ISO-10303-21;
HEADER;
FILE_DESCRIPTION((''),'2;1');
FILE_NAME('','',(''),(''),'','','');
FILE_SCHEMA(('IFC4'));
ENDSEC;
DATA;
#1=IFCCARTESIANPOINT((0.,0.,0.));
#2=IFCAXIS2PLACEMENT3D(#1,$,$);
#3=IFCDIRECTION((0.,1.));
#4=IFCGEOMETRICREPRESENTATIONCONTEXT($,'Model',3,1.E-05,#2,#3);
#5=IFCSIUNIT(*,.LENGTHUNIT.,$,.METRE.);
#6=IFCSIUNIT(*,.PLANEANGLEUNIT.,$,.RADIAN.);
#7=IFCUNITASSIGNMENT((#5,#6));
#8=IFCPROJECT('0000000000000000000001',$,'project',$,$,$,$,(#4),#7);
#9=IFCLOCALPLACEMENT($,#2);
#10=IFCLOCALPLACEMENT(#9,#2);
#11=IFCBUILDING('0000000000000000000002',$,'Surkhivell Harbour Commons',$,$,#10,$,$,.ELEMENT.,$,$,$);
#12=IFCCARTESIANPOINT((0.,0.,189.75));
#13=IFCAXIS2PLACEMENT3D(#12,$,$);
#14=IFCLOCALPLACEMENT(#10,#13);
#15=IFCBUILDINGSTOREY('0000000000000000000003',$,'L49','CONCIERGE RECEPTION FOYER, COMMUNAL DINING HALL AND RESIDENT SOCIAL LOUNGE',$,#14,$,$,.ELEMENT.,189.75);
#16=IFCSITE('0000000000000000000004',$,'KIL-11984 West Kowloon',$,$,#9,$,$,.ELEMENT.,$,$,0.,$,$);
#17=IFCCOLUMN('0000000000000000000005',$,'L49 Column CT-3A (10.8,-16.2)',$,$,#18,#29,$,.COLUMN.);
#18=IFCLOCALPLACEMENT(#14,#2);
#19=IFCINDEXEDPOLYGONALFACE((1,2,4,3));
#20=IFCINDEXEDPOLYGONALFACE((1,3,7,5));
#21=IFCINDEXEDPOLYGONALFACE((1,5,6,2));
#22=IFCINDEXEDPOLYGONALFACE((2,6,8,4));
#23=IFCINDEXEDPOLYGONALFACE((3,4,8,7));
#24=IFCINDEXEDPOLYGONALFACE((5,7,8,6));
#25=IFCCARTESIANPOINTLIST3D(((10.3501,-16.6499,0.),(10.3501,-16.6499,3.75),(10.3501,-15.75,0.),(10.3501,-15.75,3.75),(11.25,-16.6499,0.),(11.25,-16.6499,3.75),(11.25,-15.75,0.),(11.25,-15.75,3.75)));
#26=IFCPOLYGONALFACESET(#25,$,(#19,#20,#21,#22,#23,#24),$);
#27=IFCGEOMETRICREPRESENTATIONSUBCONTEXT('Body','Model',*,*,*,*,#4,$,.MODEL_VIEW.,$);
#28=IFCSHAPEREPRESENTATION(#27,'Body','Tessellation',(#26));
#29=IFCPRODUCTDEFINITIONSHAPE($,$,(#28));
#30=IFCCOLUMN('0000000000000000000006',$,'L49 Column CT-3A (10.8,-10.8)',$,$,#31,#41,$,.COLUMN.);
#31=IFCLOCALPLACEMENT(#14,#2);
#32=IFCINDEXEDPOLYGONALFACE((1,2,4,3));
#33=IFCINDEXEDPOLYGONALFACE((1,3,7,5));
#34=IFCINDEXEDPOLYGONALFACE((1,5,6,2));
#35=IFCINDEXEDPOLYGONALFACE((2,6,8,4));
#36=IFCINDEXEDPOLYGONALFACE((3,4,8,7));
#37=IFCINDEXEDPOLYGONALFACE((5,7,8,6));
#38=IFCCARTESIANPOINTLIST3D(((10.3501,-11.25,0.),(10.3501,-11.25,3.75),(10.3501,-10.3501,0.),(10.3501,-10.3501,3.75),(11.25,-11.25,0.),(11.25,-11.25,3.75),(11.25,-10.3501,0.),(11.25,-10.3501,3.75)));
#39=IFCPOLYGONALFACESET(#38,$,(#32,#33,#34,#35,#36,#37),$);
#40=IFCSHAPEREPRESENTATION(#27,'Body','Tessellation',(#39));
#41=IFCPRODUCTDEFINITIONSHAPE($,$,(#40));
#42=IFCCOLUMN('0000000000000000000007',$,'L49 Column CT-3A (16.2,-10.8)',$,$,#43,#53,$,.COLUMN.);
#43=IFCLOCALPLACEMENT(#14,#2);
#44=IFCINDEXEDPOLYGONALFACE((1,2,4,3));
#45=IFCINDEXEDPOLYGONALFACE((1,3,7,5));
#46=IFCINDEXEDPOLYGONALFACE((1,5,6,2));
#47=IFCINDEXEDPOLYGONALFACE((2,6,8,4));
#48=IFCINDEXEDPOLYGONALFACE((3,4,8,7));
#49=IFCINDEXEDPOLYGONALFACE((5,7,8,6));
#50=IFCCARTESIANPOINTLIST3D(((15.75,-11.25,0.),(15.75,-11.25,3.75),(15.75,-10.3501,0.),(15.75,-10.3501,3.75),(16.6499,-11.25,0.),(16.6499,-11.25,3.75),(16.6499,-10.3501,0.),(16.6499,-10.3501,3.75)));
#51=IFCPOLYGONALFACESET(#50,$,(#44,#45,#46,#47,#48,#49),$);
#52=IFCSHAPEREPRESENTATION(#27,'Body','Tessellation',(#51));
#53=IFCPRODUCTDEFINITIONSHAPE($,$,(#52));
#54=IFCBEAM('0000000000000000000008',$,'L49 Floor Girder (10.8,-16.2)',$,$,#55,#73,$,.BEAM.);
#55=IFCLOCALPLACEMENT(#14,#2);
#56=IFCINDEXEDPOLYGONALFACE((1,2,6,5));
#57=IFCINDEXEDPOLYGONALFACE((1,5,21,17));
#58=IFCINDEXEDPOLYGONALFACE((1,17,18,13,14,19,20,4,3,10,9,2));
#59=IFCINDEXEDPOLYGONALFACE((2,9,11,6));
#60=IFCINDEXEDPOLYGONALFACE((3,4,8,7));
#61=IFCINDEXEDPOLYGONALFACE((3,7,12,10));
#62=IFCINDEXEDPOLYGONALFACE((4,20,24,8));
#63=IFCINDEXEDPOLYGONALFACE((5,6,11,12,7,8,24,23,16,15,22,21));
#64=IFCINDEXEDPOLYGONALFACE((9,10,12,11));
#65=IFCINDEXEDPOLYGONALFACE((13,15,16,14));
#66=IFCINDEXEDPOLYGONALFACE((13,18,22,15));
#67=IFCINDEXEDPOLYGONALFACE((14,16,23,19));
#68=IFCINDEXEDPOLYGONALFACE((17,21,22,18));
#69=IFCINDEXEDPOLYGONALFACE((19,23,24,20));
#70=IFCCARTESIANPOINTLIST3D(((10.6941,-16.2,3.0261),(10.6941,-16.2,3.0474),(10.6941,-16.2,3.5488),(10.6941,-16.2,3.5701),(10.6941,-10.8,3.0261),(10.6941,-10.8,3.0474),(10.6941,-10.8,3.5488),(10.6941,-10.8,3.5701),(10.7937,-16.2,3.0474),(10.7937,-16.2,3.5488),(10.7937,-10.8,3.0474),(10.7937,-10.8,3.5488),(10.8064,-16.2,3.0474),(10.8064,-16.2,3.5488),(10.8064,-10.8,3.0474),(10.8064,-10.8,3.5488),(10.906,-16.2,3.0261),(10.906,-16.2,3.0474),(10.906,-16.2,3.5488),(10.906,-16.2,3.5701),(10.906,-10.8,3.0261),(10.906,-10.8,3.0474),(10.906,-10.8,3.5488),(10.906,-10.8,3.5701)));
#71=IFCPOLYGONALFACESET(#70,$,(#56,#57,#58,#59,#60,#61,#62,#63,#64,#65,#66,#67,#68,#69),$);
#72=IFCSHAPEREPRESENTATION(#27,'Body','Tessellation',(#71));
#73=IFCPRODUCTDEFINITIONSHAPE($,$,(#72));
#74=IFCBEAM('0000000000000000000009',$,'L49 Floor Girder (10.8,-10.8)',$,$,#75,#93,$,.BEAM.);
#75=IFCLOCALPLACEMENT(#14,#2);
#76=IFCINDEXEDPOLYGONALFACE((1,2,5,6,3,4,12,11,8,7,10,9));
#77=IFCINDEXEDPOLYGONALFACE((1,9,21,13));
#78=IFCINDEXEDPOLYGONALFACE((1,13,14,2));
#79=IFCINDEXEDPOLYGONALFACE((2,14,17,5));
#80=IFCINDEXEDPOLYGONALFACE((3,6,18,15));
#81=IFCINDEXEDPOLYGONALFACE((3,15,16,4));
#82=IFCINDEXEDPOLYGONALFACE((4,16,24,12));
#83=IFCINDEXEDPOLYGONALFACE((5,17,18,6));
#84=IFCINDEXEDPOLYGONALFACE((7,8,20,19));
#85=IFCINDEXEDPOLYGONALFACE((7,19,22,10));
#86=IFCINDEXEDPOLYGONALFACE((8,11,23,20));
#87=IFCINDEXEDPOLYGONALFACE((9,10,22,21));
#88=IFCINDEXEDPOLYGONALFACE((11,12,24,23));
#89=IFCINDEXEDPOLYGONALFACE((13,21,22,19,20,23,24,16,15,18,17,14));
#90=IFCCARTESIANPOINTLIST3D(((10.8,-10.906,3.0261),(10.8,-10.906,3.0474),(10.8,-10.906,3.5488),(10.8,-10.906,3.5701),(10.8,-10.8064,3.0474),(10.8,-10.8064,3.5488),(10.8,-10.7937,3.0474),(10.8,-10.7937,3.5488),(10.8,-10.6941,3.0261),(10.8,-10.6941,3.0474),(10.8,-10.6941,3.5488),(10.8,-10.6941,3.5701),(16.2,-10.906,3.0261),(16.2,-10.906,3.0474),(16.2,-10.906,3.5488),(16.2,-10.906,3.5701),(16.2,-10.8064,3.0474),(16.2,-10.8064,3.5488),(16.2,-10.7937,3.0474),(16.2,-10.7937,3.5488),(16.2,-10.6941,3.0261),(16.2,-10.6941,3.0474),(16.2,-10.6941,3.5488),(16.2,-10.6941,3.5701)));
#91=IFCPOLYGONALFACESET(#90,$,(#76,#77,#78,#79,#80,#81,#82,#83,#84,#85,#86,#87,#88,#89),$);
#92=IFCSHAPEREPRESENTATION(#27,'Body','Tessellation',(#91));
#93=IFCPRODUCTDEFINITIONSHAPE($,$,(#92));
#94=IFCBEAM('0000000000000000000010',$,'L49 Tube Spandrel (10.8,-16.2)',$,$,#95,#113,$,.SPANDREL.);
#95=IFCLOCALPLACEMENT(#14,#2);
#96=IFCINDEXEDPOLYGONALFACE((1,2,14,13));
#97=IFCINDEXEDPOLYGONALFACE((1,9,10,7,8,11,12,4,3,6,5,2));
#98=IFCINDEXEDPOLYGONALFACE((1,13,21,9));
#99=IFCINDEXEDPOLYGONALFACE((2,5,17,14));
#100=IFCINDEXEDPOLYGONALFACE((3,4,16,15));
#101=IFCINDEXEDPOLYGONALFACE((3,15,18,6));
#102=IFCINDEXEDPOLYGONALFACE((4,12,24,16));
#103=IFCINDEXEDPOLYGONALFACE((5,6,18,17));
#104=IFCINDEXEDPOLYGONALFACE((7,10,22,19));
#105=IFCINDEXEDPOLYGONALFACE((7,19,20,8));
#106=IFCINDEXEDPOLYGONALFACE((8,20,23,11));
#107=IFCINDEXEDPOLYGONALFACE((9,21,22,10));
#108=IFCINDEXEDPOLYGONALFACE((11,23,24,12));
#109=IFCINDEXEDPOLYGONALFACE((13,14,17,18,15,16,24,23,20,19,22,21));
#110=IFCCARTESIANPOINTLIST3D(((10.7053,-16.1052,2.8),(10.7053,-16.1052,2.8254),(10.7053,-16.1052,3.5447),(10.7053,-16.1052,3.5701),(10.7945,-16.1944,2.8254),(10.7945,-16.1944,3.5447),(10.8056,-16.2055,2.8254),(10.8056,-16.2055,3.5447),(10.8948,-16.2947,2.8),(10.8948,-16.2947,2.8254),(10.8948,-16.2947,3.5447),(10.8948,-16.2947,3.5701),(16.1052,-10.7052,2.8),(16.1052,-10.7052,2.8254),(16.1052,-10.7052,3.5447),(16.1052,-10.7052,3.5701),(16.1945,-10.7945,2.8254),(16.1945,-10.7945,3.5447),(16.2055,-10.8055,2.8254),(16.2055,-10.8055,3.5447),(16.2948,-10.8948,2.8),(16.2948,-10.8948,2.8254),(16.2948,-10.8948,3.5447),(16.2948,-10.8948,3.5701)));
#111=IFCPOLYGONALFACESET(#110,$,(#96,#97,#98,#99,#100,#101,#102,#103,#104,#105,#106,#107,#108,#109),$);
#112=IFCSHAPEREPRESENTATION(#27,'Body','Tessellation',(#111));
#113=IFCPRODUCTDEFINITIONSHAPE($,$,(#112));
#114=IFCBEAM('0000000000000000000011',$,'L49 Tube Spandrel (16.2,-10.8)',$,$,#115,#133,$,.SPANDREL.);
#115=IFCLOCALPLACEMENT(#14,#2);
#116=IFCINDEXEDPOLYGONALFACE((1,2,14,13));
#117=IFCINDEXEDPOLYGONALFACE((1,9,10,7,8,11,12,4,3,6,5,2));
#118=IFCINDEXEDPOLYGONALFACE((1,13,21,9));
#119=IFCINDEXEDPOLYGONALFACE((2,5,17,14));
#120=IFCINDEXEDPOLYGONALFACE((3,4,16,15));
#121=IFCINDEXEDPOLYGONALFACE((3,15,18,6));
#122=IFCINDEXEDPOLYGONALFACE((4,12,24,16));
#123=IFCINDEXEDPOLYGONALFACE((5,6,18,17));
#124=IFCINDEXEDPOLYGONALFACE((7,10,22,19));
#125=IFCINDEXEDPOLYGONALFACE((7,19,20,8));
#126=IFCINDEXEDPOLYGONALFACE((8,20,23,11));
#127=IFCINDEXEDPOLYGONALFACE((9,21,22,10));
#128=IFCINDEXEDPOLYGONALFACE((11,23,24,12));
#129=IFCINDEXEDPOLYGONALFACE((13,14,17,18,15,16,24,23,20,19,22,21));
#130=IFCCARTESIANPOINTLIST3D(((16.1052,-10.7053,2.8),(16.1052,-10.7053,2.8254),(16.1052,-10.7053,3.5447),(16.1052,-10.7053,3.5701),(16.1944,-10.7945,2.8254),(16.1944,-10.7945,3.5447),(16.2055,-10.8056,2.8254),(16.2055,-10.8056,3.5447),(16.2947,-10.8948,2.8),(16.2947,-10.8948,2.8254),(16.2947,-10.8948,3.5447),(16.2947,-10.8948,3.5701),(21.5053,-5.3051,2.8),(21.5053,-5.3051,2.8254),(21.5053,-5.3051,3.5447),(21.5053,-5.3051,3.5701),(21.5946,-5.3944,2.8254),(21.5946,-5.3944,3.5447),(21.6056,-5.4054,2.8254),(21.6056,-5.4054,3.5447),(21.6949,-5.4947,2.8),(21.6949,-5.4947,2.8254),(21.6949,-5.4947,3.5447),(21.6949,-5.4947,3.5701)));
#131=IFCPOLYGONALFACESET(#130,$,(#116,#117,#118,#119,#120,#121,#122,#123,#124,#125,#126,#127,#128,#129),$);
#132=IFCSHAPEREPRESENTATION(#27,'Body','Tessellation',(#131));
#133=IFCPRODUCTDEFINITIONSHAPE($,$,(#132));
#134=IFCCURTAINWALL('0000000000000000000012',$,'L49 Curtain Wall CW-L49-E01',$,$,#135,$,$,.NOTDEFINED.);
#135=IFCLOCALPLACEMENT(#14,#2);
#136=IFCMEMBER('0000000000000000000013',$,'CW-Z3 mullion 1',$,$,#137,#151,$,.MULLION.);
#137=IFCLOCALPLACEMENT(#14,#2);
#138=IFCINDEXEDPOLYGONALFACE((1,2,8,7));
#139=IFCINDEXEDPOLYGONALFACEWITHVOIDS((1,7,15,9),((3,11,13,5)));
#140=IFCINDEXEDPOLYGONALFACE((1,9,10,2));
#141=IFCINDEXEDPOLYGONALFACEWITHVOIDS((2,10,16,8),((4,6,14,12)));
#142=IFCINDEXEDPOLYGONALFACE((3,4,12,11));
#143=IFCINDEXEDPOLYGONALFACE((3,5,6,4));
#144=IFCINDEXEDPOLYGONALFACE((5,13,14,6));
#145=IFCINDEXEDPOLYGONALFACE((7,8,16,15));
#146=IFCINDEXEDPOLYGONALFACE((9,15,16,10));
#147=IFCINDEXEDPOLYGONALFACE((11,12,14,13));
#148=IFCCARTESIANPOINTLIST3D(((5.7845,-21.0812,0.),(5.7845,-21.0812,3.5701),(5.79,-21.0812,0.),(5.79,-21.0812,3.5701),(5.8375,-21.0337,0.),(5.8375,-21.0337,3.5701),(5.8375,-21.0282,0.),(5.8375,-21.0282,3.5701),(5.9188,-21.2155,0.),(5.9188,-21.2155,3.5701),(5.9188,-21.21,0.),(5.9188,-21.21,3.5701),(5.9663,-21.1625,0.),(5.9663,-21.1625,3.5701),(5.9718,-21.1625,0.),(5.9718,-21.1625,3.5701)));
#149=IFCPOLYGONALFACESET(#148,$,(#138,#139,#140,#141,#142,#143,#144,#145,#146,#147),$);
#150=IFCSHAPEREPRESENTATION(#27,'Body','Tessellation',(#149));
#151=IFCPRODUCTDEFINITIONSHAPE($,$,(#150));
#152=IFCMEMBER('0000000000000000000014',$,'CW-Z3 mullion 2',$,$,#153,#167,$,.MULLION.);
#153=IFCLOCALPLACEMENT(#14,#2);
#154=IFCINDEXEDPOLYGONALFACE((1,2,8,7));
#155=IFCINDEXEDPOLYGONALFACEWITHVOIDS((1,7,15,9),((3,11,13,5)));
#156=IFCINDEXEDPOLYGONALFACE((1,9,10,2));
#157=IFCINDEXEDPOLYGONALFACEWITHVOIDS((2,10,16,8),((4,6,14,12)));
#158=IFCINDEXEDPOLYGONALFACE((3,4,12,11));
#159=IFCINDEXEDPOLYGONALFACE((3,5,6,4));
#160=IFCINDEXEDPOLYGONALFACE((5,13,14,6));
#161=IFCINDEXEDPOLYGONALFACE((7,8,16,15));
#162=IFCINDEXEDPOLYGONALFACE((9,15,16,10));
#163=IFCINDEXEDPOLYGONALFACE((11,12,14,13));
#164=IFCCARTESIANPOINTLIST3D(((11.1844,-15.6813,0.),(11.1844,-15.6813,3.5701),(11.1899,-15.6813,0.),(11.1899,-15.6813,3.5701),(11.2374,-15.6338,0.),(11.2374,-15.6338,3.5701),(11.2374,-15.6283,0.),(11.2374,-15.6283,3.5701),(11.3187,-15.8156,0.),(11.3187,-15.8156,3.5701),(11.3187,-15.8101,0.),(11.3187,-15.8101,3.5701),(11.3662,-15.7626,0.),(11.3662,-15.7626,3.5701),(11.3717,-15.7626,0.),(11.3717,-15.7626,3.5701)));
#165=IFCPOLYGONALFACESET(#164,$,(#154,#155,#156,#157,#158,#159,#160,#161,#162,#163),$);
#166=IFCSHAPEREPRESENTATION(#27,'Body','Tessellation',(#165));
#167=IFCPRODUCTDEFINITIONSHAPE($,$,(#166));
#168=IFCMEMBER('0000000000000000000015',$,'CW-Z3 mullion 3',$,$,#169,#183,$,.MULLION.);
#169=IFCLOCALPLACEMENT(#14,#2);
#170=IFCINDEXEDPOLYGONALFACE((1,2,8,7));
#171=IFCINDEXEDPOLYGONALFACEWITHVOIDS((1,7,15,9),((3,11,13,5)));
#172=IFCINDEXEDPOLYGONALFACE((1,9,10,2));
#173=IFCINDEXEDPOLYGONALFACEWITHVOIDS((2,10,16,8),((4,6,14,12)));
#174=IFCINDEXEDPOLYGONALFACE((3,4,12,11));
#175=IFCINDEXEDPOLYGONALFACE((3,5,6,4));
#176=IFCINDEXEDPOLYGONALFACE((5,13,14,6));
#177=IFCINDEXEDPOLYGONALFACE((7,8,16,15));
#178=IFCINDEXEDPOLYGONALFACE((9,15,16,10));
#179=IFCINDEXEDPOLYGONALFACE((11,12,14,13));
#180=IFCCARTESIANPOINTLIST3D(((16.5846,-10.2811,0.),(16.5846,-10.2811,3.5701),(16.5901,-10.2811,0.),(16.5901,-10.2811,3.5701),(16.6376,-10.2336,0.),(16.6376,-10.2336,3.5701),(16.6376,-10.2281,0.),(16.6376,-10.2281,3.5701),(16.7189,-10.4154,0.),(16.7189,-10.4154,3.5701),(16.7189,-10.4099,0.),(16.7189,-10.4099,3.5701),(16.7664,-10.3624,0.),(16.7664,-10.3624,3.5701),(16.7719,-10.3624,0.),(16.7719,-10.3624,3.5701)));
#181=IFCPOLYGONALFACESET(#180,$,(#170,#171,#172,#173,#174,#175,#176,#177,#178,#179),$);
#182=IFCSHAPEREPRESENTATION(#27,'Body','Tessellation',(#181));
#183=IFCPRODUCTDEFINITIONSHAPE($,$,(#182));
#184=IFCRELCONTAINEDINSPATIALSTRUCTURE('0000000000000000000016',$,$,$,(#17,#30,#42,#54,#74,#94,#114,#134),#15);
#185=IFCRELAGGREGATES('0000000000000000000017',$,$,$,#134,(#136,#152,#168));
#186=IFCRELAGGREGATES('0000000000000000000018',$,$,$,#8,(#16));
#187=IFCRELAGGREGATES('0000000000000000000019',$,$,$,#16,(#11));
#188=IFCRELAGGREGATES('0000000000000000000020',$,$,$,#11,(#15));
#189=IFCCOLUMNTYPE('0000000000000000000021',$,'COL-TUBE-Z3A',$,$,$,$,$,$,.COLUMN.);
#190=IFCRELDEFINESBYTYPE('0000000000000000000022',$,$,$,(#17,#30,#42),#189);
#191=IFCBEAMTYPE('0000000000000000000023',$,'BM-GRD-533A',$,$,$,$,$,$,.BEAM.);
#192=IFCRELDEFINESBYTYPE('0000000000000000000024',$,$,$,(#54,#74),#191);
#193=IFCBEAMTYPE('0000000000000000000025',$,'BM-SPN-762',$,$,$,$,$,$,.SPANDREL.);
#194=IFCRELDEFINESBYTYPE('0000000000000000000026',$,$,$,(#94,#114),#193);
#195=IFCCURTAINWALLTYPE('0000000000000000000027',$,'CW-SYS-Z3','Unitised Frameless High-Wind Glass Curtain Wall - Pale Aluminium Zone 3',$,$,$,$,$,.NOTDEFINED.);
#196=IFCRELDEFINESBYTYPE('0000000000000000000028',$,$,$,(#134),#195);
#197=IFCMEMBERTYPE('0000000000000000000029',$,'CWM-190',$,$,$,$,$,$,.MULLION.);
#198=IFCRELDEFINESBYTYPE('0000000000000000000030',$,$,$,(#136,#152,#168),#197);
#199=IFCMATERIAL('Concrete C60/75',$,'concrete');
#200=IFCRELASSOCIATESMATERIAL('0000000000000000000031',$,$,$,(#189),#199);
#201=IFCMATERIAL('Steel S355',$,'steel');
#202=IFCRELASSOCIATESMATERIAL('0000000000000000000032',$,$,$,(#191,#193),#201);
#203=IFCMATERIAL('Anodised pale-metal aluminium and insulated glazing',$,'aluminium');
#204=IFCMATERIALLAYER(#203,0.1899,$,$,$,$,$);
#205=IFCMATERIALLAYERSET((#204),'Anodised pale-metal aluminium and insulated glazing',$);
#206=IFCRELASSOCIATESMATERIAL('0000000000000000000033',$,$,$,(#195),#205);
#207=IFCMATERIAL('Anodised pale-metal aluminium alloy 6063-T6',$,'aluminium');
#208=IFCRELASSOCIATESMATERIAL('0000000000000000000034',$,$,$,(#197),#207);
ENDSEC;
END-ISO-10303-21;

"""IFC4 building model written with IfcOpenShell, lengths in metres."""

from ifc_helpers import new_model, si_unit, direction, frame, origin, origin_2d, place, context, subcontext, project, spatial, rectangle, hollow_rectangle, i_section, extrude, material, layer, layer_set, material_profile, profile_set, type_object, element, aggregate, save


model = new_model("IFC4")

# Units and contexts
model_context = context("Model", 3, precision=1e-05, world=origin(), true_north=direction((0.0, 1.0)))
body_context = subcontext(model_context, "Body", "Model", "MODEL_VIEW")
ifc_project = project(units=[si_unit("LENGTHUNIT", "METRE"), si_unit("PLANEANGLEUNIT", "RADIAN")], contexts=[model_context])

# Site, building, storey
site_placement = place(None, origin())
site = spatial("IfcSite", under=ifc_project, at=site_placement, Name="KIL-11984 West Kowloon", CompositionType="ELEMENT", RefElevation=0.0)
building_placement = place(site_placement, origin())
building = spatial("IfcBuilding", under=site, at=building_placement, Name="Surkhivell Harbour Commons", CompositionType="ELEMENT")
storey_placement = place(building_placement, frame((0.0, 0.0, 189.75)))
storey = spatial("IfcBuildingStorey", under=building, at=storey_placement, Name="L49", Description="CONCIERGE RECEPTION FOYER, COMMUNAL DINING HALL AND RESIDENT SOCIAL LOUNGE", CompositionType="ELEMENT", Elevation=189.75)

# Columns
ifc_material_1 = material(Name="Concrete C60/75", Category="concrete")
ifc_material_profile_1 = material_profile(ifc_material_1, rectangle(XDim=0.8999, YDim=0.8999, at=origin_2d()), Name="RC-COL-900x900")
ifc_profile_set_1 = profile_set([ifc_material_profile_1], Name="Concrete C60/75")
column_type = type_object("IfcColumnType", Name="COL-TUBE-Z3A", PredefinedType="COLUMN", material=ifc_profile_set_1)
for number, where, z_axis, x_axis, name in (
    (1, (10.8, -16.2, 0.0), (0.0, 0.0, 1.0), (1.0, 0.0, 0.0), "L49 Column CT-3A (10.8,-16.2)"),
    (2, (10.8, -10.8, 0.0), (0.0, 0.0, 1.0), (1.0, 0.0, 0.0), "L49 Column CT-3A (10.8,-10.8)"),
    (3, (16.2, -10.8, 0.0), (0.0, 0.0, 1.0), (1.0, 0.0, 0.0), "L49 Column CT-3A (16.2,-10.8)"),
):
    element("IfcColumn", number, at=place(storey_placement, frame(where, z_axis=z_axis, x_axis=x_axis)), inside=storey, type_object=column_type, Name=name, PredefinedType="COLUMN", context=body_context, shape_type="SweptSolid", body=[
        extrude(rectangle(XDim=0.8999, YDim=0.8999, at=origin_2d()), origin(), (0.0, 0.0, 1.0), 3.75),
    ])

# Beams
ifc_material_2 = material(Name="Steel S355", Category="steel")
ifc_material_profile_2 = material_profile(ifc_material_2, i_section(OverallWidth=0.2119, OverallDepth=0.5439, WebThickness=0.0127, FlangeThickness=0.0212, at=origin_2d()), Name="UB533x210x122")
ifc_profile_set_2 = profile_set([ifc_material_profile_2], Name="Steel S355")
beam_type_1 = type_object("IfcBeamType", Name="BM-GRD-533A", PredefinedType="BEAM", material=ifc_profile_set_2)
for number, where, z_axis, x_axis, name in (
    (4, (10.8, -16.2, 3.2981), (0.0, 1.0, 0.0), (-1.0, 0.0, 0.0), "L49 Floor Girder (10.8,-16.2)"),
    (5, (10.8, -10.8, 3.2981), (1.0, 0.0, 0.0), (0.0, 1.0, 0.0), "L49 Floor Girder (10.8,-10.8)"),
):
    element("IfcBeam", number, at=place(storey_placement, frame(where, z_axis=z_axis, x_axis=x_axis)), inside=storey, type_object=beam_type_1, Name=name, PredefinedType="BEAM", context=body_context, shape_type="SweptSolid", body=[
        extrude(i_section(OverallWidth=0.2119, OverallDepth=0.5439, WebThickness=0.0127, FlangeThickness=0.0212, at=origin_2d()), origin(), (0.0, 0.0, 1.0), 5.3999),
    ])
ifc_material_profile_3 = material_profile(ifc_material_2, i_section(OverallWidth=0.2681, OverallDepth=0.77, WebThickness=0.0156, FlangeThickness=0.0254, at=origin_2d()), Name="UB762x267x197")
ifc_profile_set_3 = profile_set([ifc_material_profile_3], Name="Steel S355")
beam_type_2 = type_object("IfcBeamType", Name="BM-SPN-762", PredefinedType="SPANDREL", material=ifc_profile_set_3)
beam_1_placement = place(storey_placement, frame((10.8, -16.2, 3.1851), z_axis=(0.707107, 0.707107, 0.0), x_axis=(-0.707107, 0.707107, 0.0)))
element("IfcBeam", 6, at=beam_1_placement, inside=storey, type_object=beam_type_2, Name="L49 Tube Spandrel (10.8,-16.2)", PredefinedType="SPANDREL", context=body_context, shape_type="SweptSolid", body=[
    extrude(i_section(OverallWidth=0.2681, OverallDepth=0.77, WebThickness=0.0156, FlangeThickness=0.0254, at=origin_2d()), origin(), (0.0, 0.0, 1.0), 7.6367),
])
beam_2_placement = place(storey_placement, frame((16.2, -10.8, 3.1851), z_axis=(0.707107, 0.707107, 0.0), x_axis=(-0.707107, 0.707107, 0.0)))
element("IfcBeam", 7, at=beam_2_placement, inside=storey, type_object=beam_type_2, Name="L49 Tube Spandrel (16.2,-10.8)", PredefinedType="SPANDREL", context=body_context, shape_type="SweptSolid", body=[
    extrude(i_section(OverallWidth=0.2681, OverallDepth=0.77, WebThickness=0.0156, FlangeThickness=0.0254, at=origin_2d()), origin(), (0.0, 0.0, 1.0), 7.637),
])

# Curtain wall, members
ifc_material_3 = material(Name="Anodised pale-metal aluminium and insulated glazing", Category="aluminium")
ifc_layer_1 = layer(ifc_material_3, 0.1899)
ifc_layer_set_1 = layer_set([ifc_layer_1], Name="Anodised pale-metal aluminium and insulated glazing")
curtain_wall_type = type_object("IfcCurtainWallType", Name="CW-SYS-Z3", Description="Unitised Frameless High-Wind Glass Curtain Wall - Pale Aluminium Zone 3", PredefinedType="NOTDEFINED", material=ifc_layer_set_1)
curtain_wall_placement = place(storey_placement, origin())
curtain_wall = element("IfcCurtainWall", 8, at=curtain_wall_placement, inside=storey, type_object=curtain_wall_type, Name="L49 Curtain Wall CW-L49-E01", PredefinedType="NOTDEFINED")
ifc_material_4 = material(Name="Anodised pale-metal aluminium alloy 6063-T6", Category="aluminium")
ifc_material_profile_4 = material_profile(ifc_material_4, hollow_rectangle(XDim=0.075, YDim=0.1899, WallThickness=0.0039, at=origin_2d()), Name="ALU-MULL-75x190")
ifc_profile_set_4 = profile_set([ifc_material_profile_4], Name="Anodised pale-metal aluminium alloy 6063-T6")
member_type_1 = type_object("IfcMemberType", Name="CWM-190", PredefinedType="MULLION", material=ifc_profile_set_4)
member_1_placement = place(storey_placement, frame((5.8782, -21.1218, 0.0), z_axis=(0.0, 0.0, 1.0), x_axis=(0.707107, 0.707107, 0.0)))
member_1 = element("IfcMember", 9, at=member_1_placement, type_object=member_type_1, Name="CW-Z3 mullion 1", PredefinedType="MULLION", context=body_context, shape_type="SweptSolid", body=[
    extrude(hollow_rectangle(XDim=0.075, YDim=0.1899, WallThickness=0.0039, at=origin_2d()), origin(), (0.0, 0.0, 1.0), 3.5701),
])
member_2_placement = place(storey_placement, frame((11.2781, -15.7219, 0.0), z_axis=(0.0, 0.0, 1.0), x_axis=(0.707107, 0.707107, 0.0)))
member_2 = element("IfcMember", 10, at=member_2_placement, type_object=member_type_1, Name="CW-Z3 mullion 2", PredefinedType="MULLION", context=body_context, shape_type="SweptSolid", body=[
    extrude(hollow_rectangle(XDim=0.075, YDim=0.1899, WallThickness=0.0039, at=origin_2d()), origin(), (0.0, 0.0, 1.0), 3.5701),
])
member_3_placement = place(storey_placement, frame((16.6782, -10.3218, 0.0), z_axis=(0.0, 0.0, 1.0), x_axis=(0.707107, 0.707107, 0.0)))
member_3 = element("IfcMember", 11, at=member_3_placement, type_object=member_type_1, Name="CW-Z3 mullion 3", PredefinedType="MULLION", context=body_context, shape_type="SweptSolid", body=[
    extrude(hollow_rectangle(XDim=0.075, YDim=0.1899, WallThickness=0.0039, at=origin_2d()), origin(), (0.0, 0.0, 1.0), 3.5701),
])
aggregate(curtain_wall, [member_1, member_2, member_3])

save(model, "model.ifc")
